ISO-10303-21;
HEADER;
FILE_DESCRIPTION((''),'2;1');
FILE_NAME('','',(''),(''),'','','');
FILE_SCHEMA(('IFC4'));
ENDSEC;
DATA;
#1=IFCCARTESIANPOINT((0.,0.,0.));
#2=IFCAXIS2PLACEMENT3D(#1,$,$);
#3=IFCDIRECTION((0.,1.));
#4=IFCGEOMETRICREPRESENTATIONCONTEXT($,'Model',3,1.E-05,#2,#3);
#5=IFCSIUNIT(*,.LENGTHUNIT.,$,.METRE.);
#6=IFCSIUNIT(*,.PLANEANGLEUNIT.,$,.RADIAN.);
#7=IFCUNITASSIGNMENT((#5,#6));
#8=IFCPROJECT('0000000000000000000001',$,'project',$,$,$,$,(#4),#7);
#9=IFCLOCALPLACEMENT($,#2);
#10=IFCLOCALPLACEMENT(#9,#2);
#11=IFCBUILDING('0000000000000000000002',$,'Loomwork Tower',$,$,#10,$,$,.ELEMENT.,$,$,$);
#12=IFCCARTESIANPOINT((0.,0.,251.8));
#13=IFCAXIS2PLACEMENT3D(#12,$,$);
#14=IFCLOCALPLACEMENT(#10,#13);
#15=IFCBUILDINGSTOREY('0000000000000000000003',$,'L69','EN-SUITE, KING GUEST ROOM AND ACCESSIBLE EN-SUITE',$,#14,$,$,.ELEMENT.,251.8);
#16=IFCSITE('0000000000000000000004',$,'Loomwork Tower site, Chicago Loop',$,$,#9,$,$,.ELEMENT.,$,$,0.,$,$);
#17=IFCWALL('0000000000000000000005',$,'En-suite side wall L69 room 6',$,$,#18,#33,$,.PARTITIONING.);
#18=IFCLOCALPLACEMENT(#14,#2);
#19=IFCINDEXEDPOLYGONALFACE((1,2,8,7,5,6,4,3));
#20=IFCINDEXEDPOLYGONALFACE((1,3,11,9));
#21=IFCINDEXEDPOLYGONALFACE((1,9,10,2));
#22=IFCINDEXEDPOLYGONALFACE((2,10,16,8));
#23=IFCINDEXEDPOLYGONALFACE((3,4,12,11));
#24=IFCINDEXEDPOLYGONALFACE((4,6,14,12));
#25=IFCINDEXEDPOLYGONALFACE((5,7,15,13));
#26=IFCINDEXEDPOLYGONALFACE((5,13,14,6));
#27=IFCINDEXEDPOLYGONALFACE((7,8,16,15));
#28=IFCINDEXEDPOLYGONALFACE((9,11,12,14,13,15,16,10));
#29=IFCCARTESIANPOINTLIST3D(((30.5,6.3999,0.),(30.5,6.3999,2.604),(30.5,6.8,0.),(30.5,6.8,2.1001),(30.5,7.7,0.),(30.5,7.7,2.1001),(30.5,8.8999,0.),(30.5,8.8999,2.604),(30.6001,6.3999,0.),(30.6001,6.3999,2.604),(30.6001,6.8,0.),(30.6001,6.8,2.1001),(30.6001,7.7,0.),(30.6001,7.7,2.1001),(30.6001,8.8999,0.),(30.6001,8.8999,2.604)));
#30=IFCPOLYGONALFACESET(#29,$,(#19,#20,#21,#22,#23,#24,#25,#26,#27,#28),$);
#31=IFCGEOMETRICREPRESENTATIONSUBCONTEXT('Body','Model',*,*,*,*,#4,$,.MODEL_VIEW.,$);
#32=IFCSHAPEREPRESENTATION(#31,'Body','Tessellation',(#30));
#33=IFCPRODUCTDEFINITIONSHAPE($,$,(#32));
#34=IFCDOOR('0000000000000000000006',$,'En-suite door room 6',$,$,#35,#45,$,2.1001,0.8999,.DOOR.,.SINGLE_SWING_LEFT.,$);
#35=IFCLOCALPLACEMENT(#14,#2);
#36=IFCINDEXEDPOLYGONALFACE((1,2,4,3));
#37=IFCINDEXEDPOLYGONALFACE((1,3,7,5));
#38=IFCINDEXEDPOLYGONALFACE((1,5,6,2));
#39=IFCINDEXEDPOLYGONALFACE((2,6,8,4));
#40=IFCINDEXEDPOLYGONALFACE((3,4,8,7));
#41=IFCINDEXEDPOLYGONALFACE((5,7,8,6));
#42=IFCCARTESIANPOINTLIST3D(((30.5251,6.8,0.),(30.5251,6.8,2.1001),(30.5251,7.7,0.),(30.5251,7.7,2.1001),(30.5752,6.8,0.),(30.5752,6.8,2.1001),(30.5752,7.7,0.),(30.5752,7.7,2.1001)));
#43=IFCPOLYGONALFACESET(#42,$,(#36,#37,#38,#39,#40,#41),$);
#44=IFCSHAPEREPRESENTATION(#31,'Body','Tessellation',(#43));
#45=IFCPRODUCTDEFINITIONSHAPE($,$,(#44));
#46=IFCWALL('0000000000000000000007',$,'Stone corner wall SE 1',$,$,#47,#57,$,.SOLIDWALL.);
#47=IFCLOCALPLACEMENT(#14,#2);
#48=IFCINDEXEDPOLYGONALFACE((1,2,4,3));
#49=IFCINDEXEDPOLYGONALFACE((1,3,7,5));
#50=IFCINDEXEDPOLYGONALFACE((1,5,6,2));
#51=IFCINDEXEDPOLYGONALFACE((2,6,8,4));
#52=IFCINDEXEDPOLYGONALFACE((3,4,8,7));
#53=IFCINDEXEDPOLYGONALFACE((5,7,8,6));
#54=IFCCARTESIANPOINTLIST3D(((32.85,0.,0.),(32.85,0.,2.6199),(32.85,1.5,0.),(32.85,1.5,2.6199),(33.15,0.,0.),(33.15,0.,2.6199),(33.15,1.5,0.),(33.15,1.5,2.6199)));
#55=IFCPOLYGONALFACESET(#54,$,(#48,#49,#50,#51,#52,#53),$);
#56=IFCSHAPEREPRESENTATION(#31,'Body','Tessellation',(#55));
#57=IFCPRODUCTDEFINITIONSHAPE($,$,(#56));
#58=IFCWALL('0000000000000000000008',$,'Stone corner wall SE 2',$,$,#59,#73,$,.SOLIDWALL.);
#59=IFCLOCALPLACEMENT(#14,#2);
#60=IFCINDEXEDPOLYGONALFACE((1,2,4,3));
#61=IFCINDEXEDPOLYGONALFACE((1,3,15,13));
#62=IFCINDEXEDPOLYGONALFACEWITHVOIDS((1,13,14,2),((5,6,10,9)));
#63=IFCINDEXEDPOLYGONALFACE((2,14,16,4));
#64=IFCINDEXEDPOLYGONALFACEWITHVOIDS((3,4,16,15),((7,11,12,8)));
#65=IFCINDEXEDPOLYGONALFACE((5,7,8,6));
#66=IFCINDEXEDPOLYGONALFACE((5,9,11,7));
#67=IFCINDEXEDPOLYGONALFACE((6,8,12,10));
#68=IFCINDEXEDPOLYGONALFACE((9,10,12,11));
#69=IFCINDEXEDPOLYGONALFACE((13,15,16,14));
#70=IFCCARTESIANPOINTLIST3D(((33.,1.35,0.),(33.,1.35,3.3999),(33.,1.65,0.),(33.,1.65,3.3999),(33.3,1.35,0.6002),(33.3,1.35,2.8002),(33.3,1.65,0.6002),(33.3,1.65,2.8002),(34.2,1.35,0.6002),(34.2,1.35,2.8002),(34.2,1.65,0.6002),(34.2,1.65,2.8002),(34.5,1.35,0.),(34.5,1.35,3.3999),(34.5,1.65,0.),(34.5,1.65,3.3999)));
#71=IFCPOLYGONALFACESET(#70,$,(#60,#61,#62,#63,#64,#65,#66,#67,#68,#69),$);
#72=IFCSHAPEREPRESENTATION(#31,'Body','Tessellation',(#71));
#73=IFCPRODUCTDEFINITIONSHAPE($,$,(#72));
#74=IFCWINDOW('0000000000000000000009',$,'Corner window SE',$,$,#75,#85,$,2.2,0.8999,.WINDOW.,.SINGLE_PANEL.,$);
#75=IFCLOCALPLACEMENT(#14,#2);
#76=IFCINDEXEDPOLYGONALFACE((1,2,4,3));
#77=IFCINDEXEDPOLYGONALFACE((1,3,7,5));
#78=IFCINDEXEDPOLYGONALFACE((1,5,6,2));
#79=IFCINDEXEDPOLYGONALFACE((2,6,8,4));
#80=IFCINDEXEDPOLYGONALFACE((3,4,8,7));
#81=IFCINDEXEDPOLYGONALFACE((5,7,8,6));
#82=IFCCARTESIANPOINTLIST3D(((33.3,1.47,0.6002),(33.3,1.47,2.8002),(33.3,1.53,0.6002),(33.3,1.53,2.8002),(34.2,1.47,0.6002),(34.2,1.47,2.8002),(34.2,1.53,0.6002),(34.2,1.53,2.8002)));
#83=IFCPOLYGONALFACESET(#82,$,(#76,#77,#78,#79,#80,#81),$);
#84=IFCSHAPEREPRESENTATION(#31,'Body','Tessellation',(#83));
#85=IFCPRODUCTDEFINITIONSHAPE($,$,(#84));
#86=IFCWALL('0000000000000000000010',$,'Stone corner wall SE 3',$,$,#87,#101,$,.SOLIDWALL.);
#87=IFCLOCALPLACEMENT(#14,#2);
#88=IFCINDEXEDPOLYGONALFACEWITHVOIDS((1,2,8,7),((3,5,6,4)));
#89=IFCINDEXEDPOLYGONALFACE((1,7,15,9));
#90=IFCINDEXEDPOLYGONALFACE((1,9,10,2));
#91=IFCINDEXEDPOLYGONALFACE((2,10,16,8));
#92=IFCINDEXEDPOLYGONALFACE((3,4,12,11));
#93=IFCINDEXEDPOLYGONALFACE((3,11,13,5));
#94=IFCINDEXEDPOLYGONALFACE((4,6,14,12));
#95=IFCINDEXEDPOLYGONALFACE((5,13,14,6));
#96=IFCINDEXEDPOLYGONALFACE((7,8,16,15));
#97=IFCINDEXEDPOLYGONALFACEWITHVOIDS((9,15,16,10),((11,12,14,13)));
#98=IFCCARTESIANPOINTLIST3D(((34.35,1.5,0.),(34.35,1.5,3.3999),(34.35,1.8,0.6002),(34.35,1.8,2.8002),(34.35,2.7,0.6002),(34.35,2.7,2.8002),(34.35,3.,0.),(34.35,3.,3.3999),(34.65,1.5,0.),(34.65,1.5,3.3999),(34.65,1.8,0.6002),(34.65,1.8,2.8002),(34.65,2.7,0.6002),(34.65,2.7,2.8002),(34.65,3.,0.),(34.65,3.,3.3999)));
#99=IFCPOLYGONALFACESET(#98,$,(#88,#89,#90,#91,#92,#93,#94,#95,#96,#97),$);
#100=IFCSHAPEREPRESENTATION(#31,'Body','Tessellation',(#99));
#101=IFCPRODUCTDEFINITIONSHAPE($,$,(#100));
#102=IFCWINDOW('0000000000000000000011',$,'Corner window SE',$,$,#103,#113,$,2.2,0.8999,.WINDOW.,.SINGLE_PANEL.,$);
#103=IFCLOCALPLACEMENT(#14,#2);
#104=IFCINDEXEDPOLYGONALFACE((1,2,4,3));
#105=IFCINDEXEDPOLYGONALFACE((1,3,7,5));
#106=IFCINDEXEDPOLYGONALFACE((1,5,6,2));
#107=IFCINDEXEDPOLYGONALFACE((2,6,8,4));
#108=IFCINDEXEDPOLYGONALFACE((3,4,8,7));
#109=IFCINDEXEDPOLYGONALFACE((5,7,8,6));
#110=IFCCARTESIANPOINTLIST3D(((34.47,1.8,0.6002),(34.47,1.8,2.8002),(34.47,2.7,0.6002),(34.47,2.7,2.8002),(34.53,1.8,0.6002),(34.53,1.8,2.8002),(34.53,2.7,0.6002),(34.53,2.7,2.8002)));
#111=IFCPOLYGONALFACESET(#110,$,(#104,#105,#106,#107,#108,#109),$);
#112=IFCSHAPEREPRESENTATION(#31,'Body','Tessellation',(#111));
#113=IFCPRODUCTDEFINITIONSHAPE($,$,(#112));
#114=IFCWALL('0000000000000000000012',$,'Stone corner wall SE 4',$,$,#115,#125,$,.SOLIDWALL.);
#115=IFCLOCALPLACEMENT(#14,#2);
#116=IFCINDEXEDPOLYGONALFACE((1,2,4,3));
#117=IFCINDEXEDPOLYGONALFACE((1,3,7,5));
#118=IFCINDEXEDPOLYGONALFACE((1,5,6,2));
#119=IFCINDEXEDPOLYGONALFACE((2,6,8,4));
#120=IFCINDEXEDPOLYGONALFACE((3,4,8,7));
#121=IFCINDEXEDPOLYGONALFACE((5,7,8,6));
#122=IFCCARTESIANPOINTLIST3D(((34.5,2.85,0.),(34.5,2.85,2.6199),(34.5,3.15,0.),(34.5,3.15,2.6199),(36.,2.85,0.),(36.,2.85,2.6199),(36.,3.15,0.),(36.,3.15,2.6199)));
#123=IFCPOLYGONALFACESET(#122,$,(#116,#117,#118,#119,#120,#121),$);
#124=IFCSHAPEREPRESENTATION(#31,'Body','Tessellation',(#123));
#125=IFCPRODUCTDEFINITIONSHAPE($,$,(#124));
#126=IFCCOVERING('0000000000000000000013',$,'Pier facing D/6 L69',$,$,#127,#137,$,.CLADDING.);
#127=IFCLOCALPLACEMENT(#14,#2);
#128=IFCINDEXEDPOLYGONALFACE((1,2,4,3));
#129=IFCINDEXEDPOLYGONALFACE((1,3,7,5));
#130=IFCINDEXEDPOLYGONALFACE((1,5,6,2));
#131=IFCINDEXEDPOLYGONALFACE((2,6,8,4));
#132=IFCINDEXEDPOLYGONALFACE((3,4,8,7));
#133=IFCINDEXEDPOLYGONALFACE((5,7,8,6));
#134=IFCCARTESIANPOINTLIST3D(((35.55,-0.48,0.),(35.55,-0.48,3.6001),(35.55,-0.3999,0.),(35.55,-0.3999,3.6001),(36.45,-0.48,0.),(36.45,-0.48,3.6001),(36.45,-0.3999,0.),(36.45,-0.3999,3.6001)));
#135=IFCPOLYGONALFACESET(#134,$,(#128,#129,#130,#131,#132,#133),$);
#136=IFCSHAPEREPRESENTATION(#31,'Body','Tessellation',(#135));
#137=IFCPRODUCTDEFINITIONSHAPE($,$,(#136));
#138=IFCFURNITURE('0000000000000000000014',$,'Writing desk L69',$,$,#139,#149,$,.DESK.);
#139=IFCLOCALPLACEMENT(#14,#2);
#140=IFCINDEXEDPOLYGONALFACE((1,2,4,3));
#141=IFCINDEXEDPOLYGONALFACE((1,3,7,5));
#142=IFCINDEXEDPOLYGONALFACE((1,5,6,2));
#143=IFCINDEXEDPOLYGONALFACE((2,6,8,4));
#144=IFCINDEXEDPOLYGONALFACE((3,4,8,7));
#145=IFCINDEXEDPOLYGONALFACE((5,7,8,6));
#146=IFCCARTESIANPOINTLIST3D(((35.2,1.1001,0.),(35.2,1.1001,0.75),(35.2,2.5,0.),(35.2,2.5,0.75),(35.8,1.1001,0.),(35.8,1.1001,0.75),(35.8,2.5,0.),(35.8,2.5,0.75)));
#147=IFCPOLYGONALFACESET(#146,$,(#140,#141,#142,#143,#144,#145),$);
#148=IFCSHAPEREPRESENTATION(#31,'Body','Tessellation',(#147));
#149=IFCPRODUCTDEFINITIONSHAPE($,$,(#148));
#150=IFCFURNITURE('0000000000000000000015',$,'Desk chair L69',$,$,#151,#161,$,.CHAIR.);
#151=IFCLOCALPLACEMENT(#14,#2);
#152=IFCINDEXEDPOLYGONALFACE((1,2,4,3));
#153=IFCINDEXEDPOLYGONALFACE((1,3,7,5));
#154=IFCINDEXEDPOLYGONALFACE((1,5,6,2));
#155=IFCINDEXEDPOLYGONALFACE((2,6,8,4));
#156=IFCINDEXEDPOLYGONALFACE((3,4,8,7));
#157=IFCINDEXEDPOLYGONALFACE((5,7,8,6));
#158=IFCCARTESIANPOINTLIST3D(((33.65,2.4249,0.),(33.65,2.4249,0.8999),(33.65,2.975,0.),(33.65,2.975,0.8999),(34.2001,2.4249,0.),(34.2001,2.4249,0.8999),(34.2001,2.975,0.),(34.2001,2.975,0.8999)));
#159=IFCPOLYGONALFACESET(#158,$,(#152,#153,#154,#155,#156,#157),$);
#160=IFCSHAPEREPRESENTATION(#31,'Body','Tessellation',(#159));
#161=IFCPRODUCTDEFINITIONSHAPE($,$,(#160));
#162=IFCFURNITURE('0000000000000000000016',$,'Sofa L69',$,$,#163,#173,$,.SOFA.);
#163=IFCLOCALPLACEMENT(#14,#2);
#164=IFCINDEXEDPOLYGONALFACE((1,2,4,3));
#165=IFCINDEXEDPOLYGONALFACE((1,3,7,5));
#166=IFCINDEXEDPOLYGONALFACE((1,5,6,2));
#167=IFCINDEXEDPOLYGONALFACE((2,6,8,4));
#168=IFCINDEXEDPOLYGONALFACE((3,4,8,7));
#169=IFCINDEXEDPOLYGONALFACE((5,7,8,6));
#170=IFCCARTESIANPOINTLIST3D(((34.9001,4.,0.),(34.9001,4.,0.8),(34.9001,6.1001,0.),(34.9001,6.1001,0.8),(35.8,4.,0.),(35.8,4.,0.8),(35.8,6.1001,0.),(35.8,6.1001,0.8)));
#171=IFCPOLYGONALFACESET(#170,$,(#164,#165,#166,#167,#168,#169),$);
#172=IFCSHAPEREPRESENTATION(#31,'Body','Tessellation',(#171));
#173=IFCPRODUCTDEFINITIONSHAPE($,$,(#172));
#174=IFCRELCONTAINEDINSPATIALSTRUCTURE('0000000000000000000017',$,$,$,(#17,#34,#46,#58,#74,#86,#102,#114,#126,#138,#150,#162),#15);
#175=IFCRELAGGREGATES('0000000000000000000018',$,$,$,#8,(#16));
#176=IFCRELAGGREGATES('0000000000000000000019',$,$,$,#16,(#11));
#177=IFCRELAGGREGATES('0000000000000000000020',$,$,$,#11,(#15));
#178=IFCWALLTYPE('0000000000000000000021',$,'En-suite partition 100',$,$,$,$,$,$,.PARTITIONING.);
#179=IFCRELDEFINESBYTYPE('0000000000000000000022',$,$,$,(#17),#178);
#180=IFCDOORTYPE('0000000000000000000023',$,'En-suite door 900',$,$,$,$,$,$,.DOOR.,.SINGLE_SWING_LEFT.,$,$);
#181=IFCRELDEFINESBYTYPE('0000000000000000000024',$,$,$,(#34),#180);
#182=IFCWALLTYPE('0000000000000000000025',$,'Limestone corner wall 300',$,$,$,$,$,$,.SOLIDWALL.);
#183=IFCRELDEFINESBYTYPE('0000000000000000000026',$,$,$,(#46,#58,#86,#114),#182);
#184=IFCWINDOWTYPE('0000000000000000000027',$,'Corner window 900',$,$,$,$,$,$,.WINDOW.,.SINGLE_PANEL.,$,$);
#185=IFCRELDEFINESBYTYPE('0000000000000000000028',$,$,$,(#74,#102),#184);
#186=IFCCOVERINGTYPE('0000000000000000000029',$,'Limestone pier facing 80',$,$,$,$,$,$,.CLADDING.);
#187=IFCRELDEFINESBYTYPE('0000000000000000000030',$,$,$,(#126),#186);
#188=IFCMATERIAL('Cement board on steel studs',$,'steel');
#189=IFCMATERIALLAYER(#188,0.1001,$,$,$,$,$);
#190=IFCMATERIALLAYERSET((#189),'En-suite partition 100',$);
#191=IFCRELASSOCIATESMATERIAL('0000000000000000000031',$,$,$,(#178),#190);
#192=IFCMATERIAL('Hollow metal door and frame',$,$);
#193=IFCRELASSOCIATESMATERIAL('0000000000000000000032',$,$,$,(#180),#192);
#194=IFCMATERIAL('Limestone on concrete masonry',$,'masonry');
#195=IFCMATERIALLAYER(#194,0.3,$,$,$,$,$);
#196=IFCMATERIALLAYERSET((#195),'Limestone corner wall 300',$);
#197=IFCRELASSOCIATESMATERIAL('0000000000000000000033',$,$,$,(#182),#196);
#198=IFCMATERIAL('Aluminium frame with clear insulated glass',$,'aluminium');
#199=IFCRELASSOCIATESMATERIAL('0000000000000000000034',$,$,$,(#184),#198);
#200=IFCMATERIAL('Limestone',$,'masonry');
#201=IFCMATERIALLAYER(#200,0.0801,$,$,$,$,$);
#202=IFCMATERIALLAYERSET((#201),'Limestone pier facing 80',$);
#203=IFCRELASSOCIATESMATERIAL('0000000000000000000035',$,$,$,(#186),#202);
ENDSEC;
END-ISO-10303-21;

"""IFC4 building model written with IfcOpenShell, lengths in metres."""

from ifc_helpers import new_model, si_unit, direction, frame, frame_2d, origin, origin_2d, place, context, subcontext, project, spatial, rectangle, extrude, material, layer, layer_set, type_object, element, fill, save


model = new_model("IFC4")

# Units and contexts
model_context = context("Model", 3, precision=1e-05, world=origin(), true_north=direction((0.0, 1.0)))
body_context = subcontext(model_context, "Body", "Model", "MODEL_VIEW")
ifc_project = project(units=[si_unit("LENGTHUNIT", "METRE"), si_unit("PLANEANGLEUNIT", "RADIAN")], contexts=[model_context])

# Site, building, storey
site_placement = place(None, origin())
site = spatial("IfcSite", under=ifc_project, at=site_placement, Name="Loomwork Tower site, Chicago Loop", CompositionType="ELEMENT", RefElevation=0.0)
building_placement = place(site_placement, origin())
building = spatial("IfcBuilding", under=site, at=building_placement, Name="Loomwork Tower", CompositionType="ELEMENT")
storey_placement = place(building_placement, frame((0.0, 0.0, 251.8)))
storey = spatial("IfcBuildingStorey", under=building, at=storey_placement, Name="L69", Description="EN-SUITE, KING GUEST ROOM AND ACCESSIBLE EN-SUITE", CompositionType="ELEMENT", Elevation=251.8)

# Wall, opening, door
ifc_material_1 = material(Name="Cement board on steel studs", Category="steel")
ifc_layer_1 = layer(ifc_material_1, 0.1001)
ifc_layer_set_1 = layer_set([ifc_layer_1], Name="En-suite partition 100")
wall_type_1 = type_object("IfcWallType", Name="En-suite partition 100", PredefinedType="PARTITIONING", material=ifc_layer_set_1)
wall_1_placement = place(storey_placement, frame((30.55, 8.8999, 0.0), z_axis=(0.0, 0.0, 1.0), x_axis=(0.0, -1.0, 0.0)))
wall_1 = element("IfcWall", 1, at=wall_1_placement, inside=storey, type_object=wall_type_1, Name="En-suite side wall L69 room 6", PredefinedType="PARTITIONING", context=body_context, shape_type="SweptSolid", body=[
    extrude(rectangle(XDim=2.5, YDim=0.1001, at=frame_2d((1.25, 0.0))), origin(), (0.0, 0.0, 1.0), 2.604),
])
opening_1_placement = place(wall_1_placement, frame((1.2, 0.0, 0.0)))
opening_1 = element("IfcOpeningElement", 2, at=opening_1_placement, cuts=wall_1, PredefinedType="OPENING", context=body_context, shape_type="SweptSolid", body=[
    extrude(rectangle(XDim=0.8999, YDim=2.1001, at=frame_2d((0.45, 1.05))), frame((0.0, 0.0601, 0.0), z_axis=(0.0, -1.0, 0.0), x_axis=(1.0, 0.0, 0.0)), (0.0, 0.0, 1.0), 0.1201),
])
ifc_material_2 = material(Name="Hollow metal door and frame")
door_type = type_object("IfcDoorType", Name="En-suite door 900", OperationType="SINGLE_SWING_LEFT", PredefinedType="DOOR", material=ifc_material_2)
door_placement = place(opening_1_placement, frame((0.8999, 0.0, 0.0), z_axis=(0.0, 0.0, 1.0), x_axis=(-1.0, 0.0, 0.0)))
door = element("IfcDoor", 3, at=door_placement, inside=storey, type_object=door_type, Name="En-suite door room 6", OperationType="SINGLE_SWING_LEFT", OverallHeight=2.1001, OverallWidth=0.8999, PredefinedType="DOOR", context=body_context, shape_type="SweptSolid", body=[
    extrude(rectangle(XDim=0.8999, YDim=2.1001, at=frame_2d((0.45, 1.05))), frame((0.0, 0.0249, 0.0), z_axis=(0.0, -1.0, 0.0), x_axis=(1.0, 0.0, 0.0)), (0.0, 0.0, 1.0), 0.05),
])
fill(opening_1, door)

# Wall
ifc_material_3 = material(Name="Limestone on concrete masonry", Category="masonry")
ifc_layer_2 = layer(ifc_material_3, 0.3)
ifc_layer_set_2 = layer_set([ifc_layer_2], Name="Limestone corner wall 300")
wall_type_2 = type_object("IfcWallType", Name="Limestone corner wall 300", PredefinedType="SOLIDWALL", material=ifc_layer_set_2)
wall_2_placement = place(storey_placement, frame((33.0, 0.0, 0.0), z_axis=(0.0, 0.0, 1.0), x_axis=(0.0, 1.0, 0.0)))
element("IfcWall", 4, at=wall_2_placement, inside=storey, type_object=wall_type_2, Name="Stone corner wall SE 1", PredefinedType="SOLIDWALL", context=body_context, shape_type="SweptSolid", body=[
    extrude(rectangle(XDim=1.5, YDim=0.3, at=frame_2d((0.75, 0.0))), origin(), (0.0, 0.0, 1.0), 2.6199),
])

# Walls, openings, windows
wall_3_placement = place(storey_placement, frame((33.0, 1.5, 0.0), z_axis=(0.0, 0.0, 1.0), x_axis=(1.0, 0.0, 0.0)))
wall_3 = element("IfcWall", 5, at=wall_3_placement, inside=storey, type_object=wall_type_2, Name="Stone corner wall SE 2", PredefinedType="SOLIDWALL", context=body_context, shape_type="SweptSolid", body=[
    extrude(rectangle(XDim=1.5, YDim=0.3, at=frame_2d((0.75, 0.0))), origin(), (0.0, 0.0, 1.0), 3.3999),
])
opening_2_placement = place(wall_3_placement, frame((0.3, 0.0, 0.6001)))
opening_2 = element("IfcOpeningElement", 6, at=opening_2_placement, cuts=wall_3, PredefinedType="OPENING", context=body_context, shape_type="SweptSolid", body=[
    extrude(rectangle(XDim=0.8999, YDim=2.2, at=frame_2d((0.45, 1.1001))), frame((0.0, 0.1599, 0.0), z_axis=(0.0, -1.0, 0.0), x_axis=(1.0, 0.0, 0.0)), (0.0, 0.0, 1.0), 0.3201),
])
ifc_material_4 = material(Name="Aluminium frame with clear insulated glass", Category="aluminium")
window_type = type_object("IfcWindowType", Name="Corner window 900", PartitioningType="SINGLE_PANEL", PredefinedType="WINDOW", material=ifc_material_4)
window_1_placement = place(opening_2_placement, origin())
window_1 = element("IfcWindow", 7, at=window_1_placement, inside=storey, type_object=window_type, Name="Corner window SE", OverallHeight=2.2, OverallWidth=0.8999, PartitioningType="SINGLE_PANEL", PredefinedType="WINDOW", context=body_context, shape_type="SweptSolid", body=[
    extrude(rectangle(XDim=0.8999, YDim=2.2, at=frame_2d((0.45, 1.1001))), frame((0.0, 0.03, 0.0), z_axis=(0.0, -1.0, 0.0), x_axis=(1.0, 0.0, 0.0)), (0.0, 0.0, 1.0), 0.0601),
])
fill(opening_2, window_1)
wall_4_placement = place(storey_placement, frame((34.5, 1.5, 0.0), z_axis=(0.0, 0.0, 1.0), x_axis=(0.0, 1.0, 0.0)))
wall_4 = element("IfcWall", 8, at=wall_4_placement, inside=storey, type_object=wall_type_2, Name="Stone corner wall SE 3", PredefinedType="SOLIDWALL", context=body_context, shape_type="SweptSolid", body=[
    extrude(rectangle(XDim=1.5, YDim=0.3, at=frame_2d((0.75, 0.0))), origin(), (0.0, 0.0, 1.0), 3.3999),
])
opening_3_placement = place(wall_4_placement, frame((0.3, 0.0, 0.6001)))
opening_3 = element("IfcOpeningElement", 9, at=opening_3_placement, cuts=wall_4, PredefinedType="OPENING", context=body_context, shape_type="SweptSolid", body=[
    extrude(rectangle(XDim=0.8999, YDim=2.2, at=frame_2d((0.45, 1.1001))), frame((0.0, 0.1599, 0.0), z_axis=(0.0, -1.0, 0.0), x_axis=(1.0, 0.0, 0.0)), (0.0, 0.0, 1.0), 0.3201),
])
window_2_placement = place(opening_3_placement, origin())
window_2 = element("IfcWindow", 10, at=window_2_placement, inside=storey, type_object=window_type, Name="Corner window SE", OverallHeight=2.2, OverallWidth=0.8999, PartitioningType="SINGLE_PANEL", PredefinedType="WINDOW", context=body_context, shape_type="SweptSolid", body=[
    extrude(rectangle(XDim=0.8999, YDim=2.2, at=frame_2d((0.45, 1.1001))), frame((0.0, 0.03, 0.0), z_axis=(0.0, -1.0, 0.0), x_axis=(1.0, 0.0, 0.0)), (0.0, 0.0, 1.0), 0.0601),
])
fill(opening_3, window_2)

# Wall
wall_5_placement = place(storey_placement, frame((34.5, 3.0, 0.0), z_axis=(0.0, 0.0, 1.0), x_axis=(1.0, 0.0, 0.0)))
element("IfcWall", 11, at=wall_5_placement, inside=storey, type_object=wall_type_2, Name="Stone corner wall SE 4", PredefinedType="SOLIDWALL", context=body_context, shape_type="SweptSolid", body=[
    extrude(rectangle(XDim=1.5, YDim=0.3, at=frame_2d((0.75, 0.0))), origin(), (0.0, 0.0, 1.0), 2.6199),
])

# Covering
ifc_material_5 = material(Name="Limestone", Category="masonry")
ifc_layer_3 = layer(ifc_material_5, 0.0801)
ifc_layer_set_3 = layer_set([ifc_layer_3], Name="Limestone pier facing 80")
covering_type = type_object("IfcCoveringType", Name="Limestone pier facing 80", PredefinedType="CLADDING", material=ifc_layer_set_3)
covering_placement = place(storey_placement, frame((36.0, -0.4399, 0.0), z_axis=(0.0, 0.0, 1.0), x_axis=(1.0, 0.0, 0.0)))
element("IfcCovering", 12, at=covering_placement, inside=storey, type_object=covering_type, Name="Pier facing D/6 L69", PredefinedType="CLADDING", context=body_context, shape_type="SweptSolid", body=[
    extrude(rectangle(XDim=0.8999, YDim=0.0801, at=origin_2d()), origin(), (0.0, 0.0, 1.0), 3.6001),
])

# Furniture
furniture_1_placement = place(storey_placement, frame((35.5, 1.8, 0.0), z_axis=(0.0, 0.0, 1.0), x_axis=(1.0, 0.0, 0.0)))
element("IfcFurniture", 13, at=furniture_1_placement, inside=storey, Name="Writing desk L69", PredefinedType="DESK", context=body_context, shape_type="SweptSolid", body=[
    extrude(rectangle(XDim=0.6001, YDim=1.3999, at=origin_2d()), origin(), (0.0, 0.0, 1.0), 0.75),
])
furniture_2_placement = place(storey_placement, frame((33.925, 2.7, 0.0), z_axis=(0.0, 0.0, 1.0), x_axis=(1.0, 0.0, 0.0)))
element("IfcFurniture", 14, at=furniture_2_placement, inside=storey, Name="Desk chair L69", PredefinedType="CHAIR", context=body_context, shape_type="SweptSolid", body=[
    extrude(rectangle(XDim=0.55, YDim=0.55, at=origin_2d()), origin(), (0.0, 0.0, 1.0), 0.8999),
])
furniture_3_placement = place(storey_placement, frame((35.3501, 5.05, 0.0), z_axis=(0.0, 0.0, 1.0), x_axis=(1.0, 0.0, 0.0)))
element("IfcFurniture", 15, at=furniture_3_placement, inside=storey, Name="Sofa L69", PredefinedType="SOFA", context=body_context, shape_type="SweptSolid", body=[
    extrude(rectangle(XDim=0.8999, YDim=2.1001, at=origin_2d()), origin(), (0.0, 0.0, 1.0), 0.8),
])

save(model, "model.ifc")
